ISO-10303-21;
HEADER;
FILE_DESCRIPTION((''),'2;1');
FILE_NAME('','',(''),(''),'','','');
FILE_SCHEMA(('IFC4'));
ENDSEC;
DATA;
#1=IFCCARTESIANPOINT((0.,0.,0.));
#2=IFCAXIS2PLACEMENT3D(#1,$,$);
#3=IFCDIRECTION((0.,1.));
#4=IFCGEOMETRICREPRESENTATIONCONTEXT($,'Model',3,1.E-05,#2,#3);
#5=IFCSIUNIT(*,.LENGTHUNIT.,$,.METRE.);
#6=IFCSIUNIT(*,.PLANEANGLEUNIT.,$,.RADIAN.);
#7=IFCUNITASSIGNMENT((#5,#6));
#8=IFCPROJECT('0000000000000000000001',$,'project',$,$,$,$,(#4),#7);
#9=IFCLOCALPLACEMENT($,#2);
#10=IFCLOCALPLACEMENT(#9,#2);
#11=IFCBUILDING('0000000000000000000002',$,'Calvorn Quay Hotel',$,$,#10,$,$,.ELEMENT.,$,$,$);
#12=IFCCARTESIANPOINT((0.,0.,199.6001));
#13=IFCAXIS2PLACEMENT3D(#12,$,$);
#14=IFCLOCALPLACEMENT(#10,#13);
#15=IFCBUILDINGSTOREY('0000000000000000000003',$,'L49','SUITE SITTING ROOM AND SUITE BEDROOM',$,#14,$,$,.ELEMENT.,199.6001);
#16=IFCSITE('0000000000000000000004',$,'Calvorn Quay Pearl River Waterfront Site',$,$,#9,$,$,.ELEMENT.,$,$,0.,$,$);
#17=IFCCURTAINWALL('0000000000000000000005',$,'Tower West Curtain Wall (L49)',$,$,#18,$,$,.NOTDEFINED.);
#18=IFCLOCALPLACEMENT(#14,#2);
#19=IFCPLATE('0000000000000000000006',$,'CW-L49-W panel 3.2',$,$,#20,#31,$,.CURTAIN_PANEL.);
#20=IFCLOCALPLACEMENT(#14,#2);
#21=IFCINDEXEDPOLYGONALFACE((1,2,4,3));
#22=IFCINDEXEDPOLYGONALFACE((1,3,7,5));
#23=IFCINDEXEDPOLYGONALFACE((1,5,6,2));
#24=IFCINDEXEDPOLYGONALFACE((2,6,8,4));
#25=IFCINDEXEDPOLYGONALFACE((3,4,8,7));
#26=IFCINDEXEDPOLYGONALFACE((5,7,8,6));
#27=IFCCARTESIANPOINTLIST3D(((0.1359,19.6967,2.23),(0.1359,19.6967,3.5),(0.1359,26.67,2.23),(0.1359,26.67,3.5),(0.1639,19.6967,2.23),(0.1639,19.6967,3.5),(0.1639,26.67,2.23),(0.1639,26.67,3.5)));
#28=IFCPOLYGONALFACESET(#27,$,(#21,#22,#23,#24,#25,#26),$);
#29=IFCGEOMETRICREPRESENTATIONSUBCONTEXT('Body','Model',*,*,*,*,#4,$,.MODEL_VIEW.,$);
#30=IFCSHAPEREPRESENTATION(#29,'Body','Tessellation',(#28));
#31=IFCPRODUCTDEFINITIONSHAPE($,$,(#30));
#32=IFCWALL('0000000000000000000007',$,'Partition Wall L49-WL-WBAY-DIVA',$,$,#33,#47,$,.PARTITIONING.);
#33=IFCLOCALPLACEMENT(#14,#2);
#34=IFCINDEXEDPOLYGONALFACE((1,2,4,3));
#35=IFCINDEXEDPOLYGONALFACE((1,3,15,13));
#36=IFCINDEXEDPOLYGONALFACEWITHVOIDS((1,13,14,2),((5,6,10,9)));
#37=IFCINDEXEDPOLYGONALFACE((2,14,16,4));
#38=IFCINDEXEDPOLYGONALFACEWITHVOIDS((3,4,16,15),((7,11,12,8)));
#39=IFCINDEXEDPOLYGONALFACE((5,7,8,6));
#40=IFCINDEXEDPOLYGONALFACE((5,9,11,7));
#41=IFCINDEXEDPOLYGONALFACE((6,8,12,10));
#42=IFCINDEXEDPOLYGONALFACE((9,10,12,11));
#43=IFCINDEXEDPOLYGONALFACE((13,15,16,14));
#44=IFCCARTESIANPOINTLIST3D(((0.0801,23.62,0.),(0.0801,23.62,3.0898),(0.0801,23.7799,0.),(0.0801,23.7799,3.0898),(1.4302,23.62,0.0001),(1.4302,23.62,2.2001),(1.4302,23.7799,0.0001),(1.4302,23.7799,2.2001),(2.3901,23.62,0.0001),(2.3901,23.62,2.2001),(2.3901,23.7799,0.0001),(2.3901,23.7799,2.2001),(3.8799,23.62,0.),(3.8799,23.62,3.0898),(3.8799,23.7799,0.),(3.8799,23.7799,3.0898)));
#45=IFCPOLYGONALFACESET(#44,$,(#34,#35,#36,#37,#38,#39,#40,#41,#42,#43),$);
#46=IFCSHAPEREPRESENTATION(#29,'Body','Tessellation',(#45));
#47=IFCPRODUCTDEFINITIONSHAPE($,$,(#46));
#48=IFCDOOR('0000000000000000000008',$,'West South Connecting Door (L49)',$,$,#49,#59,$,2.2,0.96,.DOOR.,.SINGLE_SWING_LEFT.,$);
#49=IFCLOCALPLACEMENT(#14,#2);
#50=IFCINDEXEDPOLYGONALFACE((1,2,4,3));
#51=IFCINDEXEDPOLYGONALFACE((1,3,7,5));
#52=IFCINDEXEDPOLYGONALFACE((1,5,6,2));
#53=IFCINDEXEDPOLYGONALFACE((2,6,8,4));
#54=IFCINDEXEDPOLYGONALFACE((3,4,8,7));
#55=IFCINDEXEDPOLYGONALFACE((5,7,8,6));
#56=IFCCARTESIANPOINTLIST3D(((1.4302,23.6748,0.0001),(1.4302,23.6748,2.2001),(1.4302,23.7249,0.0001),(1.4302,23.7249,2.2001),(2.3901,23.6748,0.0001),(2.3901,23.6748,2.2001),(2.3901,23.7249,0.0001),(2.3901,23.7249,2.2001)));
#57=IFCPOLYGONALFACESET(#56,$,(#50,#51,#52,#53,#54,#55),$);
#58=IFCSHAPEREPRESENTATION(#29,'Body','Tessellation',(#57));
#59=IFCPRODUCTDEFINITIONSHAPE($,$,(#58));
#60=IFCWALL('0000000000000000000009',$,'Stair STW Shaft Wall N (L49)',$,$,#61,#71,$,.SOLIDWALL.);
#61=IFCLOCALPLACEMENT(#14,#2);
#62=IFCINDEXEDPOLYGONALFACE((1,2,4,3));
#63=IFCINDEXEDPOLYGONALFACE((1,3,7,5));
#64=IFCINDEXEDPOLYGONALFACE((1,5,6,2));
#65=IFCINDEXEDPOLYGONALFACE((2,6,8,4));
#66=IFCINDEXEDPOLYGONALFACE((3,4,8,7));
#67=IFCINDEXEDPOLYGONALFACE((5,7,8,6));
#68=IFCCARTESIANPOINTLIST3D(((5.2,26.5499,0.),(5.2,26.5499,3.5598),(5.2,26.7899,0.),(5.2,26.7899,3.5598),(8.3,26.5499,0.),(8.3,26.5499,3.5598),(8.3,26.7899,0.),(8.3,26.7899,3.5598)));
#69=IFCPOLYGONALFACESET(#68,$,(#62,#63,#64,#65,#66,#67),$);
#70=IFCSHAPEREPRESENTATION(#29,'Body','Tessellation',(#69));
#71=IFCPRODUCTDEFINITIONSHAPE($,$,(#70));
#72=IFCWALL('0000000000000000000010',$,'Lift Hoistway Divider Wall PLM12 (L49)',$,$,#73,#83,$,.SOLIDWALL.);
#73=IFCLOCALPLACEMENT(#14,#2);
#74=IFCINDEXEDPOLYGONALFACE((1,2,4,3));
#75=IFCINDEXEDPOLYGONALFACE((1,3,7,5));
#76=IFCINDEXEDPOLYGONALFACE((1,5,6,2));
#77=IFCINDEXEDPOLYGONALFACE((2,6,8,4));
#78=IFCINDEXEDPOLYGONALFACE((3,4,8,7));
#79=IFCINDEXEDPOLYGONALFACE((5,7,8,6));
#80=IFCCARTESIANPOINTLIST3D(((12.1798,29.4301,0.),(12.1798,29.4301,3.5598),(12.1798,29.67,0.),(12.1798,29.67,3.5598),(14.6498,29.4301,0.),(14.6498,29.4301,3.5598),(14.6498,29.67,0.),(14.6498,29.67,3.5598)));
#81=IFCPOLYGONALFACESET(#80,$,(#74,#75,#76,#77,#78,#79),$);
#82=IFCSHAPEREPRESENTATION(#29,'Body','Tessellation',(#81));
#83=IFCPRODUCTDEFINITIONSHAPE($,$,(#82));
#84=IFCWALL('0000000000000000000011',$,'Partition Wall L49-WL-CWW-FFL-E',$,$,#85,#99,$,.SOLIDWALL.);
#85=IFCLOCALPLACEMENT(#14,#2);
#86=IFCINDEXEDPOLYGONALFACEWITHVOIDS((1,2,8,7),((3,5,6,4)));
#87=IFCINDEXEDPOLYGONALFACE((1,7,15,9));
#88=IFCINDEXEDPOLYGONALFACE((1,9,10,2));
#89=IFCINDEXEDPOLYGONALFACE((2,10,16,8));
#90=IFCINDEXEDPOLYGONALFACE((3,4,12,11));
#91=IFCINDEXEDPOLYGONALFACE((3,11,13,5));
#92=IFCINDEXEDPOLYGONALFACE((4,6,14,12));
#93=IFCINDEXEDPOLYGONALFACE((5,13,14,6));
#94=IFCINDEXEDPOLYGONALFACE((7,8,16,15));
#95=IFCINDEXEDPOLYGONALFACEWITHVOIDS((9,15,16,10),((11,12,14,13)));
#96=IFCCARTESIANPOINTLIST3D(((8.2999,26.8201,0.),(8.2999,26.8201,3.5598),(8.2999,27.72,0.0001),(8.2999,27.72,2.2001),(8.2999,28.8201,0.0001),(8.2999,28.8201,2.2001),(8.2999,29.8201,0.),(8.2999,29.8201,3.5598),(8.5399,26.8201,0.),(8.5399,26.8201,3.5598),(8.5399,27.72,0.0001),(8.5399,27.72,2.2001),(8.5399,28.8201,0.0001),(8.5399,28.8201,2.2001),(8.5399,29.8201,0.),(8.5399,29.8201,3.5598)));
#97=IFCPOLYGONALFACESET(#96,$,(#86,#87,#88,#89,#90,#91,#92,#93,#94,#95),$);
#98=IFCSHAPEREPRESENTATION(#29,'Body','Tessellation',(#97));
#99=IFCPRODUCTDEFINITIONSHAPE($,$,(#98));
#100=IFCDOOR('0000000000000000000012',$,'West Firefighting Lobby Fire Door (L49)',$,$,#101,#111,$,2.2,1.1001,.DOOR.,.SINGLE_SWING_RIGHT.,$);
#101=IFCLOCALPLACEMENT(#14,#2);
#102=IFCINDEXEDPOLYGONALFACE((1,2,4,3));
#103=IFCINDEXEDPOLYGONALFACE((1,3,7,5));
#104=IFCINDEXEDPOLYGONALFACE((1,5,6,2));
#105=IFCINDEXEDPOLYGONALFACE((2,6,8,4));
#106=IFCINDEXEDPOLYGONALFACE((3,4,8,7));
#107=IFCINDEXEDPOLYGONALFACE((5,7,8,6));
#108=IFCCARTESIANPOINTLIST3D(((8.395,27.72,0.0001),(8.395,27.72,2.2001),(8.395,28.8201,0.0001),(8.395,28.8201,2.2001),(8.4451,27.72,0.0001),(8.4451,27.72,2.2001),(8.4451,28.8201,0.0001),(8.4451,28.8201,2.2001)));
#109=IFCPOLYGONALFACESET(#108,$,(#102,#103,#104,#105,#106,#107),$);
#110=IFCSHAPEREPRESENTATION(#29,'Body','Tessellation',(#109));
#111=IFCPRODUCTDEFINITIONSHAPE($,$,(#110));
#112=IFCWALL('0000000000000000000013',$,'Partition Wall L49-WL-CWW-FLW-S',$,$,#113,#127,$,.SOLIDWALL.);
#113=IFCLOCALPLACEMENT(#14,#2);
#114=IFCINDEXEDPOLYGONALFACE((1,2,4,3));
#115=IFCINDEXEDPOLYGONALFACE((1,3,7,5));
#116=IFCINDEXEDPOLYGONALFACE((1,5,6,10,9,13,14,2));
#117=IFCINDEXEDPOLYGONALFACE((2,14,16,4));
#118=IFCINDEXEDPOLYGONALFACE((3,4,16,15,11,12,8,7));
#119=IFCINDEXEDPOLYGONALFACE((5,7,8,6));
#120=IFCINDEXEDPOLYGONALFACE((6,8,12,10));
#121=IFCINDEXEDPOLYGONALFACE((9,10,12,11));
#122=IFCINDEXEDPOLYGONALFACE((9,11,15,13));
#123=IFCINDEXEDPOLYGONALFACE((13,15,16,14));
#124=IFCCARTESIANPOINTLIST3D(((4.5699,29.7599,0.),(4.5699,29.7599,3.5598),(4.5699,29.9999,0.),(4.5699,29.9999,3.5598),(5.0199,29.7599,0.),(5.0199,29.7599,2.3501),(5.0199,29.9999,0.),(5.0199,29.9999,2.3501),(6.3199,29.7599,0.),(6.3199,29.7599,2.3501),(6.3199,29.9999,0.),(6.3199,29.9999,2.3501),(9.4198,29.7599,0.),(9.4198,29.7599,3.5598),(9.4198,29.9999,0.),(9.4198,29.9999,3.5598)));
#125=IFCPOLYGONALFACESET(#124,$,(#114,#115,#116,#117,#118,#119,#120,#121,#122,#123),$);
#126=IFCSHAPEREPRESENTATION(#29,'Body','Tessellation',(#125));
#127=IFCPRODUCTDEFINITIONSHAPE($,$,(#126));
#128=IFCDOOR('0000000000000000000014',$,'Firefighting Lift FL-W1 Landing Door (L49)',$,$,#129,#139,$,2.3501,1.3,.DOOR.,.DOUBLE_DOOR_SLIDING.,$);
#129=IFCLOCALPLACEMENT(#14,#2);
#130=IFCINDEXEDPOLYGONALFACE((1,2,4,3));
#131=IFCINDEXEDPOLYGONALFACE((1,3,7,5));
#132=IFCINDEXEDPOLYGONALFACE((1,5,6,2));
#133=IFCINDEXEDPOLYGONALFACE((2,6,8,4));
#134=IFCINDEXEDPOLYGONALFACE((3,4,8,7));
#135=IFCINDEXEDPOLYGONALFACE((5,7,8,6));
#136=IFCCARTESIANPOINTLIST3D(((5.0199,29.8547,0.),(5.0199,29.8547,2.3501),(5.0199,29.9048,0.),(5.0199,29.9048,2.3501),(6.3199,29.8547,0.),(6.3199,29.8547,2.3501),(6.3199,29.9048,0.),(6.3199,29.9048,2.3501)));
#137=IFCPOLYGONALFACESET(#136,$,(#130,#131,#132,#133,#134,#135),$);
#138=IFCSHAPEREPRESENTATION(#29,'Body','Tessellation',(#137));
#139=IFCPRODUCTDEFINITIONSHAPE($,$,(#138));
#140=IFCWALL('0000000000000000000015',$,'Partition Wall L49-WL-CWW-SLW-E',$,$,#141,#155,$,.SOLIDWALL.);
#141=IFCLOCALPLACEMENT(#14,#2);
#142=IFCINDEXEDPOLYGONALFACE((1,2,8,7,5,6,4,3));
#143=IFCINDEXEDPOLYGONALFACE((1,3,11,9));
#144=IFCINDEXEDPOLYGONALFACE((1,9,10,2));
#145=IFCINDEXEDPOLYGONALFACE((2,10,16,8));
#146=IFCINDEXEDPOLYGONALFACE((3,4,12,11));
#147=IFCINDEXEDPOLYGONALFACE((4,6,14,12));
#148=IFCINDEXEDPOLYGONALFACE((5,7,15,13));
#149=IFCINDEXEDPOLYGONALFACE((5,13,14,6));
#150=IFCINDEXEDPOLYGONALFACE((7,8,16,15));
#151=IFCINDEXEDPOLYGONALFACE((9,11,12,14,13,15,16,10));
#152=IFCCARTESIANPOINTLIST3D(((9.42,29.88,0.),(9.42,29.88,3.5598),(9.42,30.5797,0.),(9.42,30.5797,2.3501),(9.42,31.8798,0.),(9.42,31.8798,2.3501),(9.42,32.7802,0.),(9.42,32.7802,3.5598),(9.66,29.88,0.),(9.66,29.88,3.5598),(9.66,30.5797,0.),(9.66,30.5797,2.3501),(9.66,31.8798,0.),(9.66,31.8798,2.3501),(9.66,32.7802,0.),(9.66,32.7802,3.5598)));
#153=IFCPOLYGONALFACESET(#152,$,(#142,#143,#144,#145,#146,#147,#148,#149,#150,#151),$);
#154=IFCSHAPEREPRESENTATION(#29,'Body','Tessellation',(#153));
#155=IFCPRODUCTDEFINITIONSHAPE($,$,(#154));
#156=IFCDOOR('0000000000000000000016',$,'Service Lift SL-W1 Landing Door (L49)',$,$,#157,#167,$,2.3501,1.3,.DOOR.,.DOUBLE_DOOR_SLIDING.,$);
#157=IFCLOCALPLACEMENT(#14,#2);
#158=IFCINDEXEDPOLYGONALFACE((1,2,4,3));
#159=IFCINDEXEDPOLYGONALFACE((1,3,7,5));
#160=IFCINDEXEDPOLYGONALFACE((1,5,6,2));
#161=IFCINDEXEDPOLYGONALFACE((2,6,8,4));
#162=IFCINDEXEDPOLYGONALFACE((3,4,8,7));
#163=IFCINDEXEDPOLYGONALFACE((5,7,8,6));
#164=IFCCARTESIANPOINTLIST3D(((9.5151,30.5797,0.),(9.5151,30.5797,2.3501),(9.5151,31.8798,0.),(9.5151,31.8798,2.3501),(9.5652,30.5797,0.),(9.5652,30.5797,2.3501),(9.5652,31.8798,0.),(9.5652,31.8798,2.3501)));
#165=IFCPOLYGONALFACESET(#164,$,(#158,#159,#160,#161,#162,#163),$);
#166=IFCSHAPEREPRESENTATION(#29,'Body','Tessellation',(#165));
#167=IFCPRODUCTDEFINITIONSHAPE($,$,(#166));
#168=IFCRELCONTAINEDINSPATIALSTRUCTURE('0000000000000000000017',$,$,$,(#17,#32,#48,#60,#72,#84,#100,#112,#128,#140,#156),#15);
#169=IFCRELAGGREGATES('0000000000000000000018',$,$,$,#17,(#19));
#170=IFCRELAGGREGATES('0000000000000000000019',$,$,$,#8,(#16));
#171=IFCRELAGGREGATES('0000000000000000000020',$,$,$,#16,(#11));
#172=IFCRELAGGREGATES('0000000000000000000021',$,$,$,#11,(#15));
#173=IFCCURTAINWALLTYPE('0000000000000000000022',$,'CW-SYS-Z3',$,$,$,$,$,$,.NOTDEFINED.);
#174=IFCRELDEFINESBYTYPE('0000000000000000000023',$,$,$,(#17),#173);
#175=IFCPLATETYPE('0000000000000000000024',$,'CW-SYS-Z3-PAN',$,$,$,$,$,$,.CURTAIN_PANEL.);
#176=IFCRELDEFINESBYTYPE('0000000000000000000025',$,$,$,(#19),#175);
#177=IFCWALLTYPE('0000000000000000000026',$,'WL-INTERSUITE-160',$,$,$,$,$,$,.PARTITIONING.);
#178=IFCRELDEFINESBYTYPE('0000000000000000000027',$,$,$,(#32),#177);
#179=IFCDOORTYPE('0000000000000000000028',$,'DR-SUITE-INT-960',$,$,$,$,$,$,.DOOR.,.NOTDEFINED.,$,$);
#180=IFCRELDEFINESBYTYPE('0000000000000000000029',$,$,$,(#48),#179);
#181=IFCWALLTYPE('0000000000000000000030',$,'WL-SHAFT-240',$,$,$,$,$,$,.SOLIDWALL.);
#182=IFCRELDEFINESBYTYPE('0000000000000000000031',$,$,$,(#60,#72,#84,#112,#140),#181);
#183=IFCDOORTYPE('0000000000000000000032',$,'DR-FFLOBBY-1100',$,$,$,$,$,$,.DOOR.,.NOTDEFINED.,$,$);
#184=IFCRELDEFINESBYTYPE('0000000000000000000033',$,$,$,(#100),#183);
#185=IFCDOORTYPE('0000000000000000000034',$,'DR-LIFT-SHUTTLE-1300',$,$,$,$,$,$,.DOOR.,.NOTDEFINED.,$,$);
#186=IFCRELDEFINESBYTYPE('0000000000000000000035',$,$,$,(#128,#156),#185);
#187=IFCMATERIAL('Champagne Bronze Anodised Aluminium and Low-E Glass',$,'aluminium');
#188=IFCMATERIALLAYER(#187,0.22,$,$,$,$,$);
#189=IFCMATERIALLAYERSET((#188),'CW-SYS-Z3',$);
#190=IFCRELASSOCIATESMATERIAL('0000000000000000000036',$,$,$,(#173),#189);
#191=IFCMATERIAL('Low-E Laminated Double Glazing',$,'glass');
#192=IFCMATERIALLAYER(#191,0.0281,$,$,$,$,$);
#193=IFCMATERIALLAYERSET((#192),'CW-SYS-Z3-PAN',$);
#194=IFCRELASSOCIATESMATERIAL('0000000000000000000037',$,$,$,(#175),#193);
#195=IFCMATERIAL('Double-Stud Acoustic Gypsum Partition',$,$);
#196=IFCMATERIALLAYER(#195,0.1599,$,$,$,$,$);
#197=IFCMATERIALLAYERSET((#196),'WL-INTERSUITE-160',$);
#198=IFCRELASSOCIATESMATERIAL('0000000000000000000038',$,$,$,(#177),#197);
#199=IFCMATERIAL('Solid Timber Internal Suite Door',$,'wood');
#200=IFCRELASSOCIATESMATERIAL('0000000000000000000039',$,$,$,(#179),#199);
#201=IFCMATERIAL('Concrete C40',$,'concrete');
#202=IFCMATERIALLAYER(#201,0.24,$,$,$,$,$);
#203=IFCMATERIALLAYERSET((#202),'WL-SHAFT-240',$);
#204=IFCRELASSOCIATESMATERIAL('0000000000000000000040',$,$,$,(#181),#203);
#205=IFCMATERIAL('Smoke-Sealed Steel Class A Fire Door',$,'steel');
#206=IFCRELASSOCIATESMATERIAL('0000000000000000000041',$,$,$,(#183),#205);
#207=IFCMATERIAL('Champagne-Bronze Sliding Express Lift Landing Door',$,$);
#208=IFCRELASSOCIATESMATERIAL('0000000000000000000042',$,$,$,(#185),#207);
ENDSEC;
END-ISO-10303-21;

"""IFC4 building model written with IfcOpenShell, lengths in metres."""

from ifc_helpers import new_model, si_unit, direction, frame, frame_2d, origin, origin_2d, place, context, subcontext, project, spatial, rectangle, extrude, material, layer, layer_set, type_object, element, fill, aggregate, save


model = new_model("IFC4")

# Units and contexts
model_context = context("Model", 3, precision=1e-05, world=origin(), true_north=direction((0.0, 1.0)))
body_context = subcontext(model_context, "Body", "Model", "MODEL_VIEW")
ifc_project = project(units=[si_unit("LENGTHUNIT", "METRE"), si_unit("PLANEANGLEUNIT", "RADIAN")], contexts=[model_context])

# Site, building, storey
site_placement = place(None, origin())
site = spatial("IfcSite", under=ifc_project, at=site_placement, Name="Calvorn Quay Pearl River Waterfront Site", CompositionType="ELEMENT", RefElevation=0.0)
building_placement = place(site_placement, origin())
building = spatial("IfcBuilding", under=site, at=building_placement, Name="Calvorn Quay Hotel", CompositionType="ELEMENT")
storey_placement = place(building_placement, frame((0.0, 0.0, 199.6001)))
storey = spatial("IfcBuildingStorey", under=building, at=storey_placement, Name="L49", Description="SUITE SITTING ROOM AND SUITE BEDROOM", CompositionType="ELEMENT", Elevation=199.6001)

# Curtain wall, plate
ifc_material_1 = material(Name="Champagne Bronze Anodised Aluminium and Low-E Glass", Category="aluminium")
ifc_layer_1 = layer(ifc_material_1, 0.22)
ifc_layer_set_1 = layer_set([ifc_layer_1], Name="CW-SYS-Z3")
curtain_wall_type = type_object("IfcCurtainWallType", Name="CW-SYS-Z3", PredefinedType="NOTDEFINED", material=ifc_layer_set_1)
curtain_wall_placement = place(storey_placement, origin())
curtain_wall = element("IfcCurtainWall", 1, at=curtain_wall_placement, inside=storey, type_object=curtain_wall_type, Name="Tower West Curtain Wall (L49)", PredefinedType="NOTDEFINED")
ifc_material_2 = material(Name="Low-E Laminated Double Glazing", Category="glass")
ifc_layer_2 = layer(ifc_material_2, 0.0281)
ifc_layer_set_2 = layer_set([ifc_layer_2], Name="CW-SYS-Z3-PAN")
plate_type = type_object("IfcPlateType", Name="CW-SYS-Z3-PAN", PredefinedType="CURTAIN_PANEL", material=ifc_layer_set_2)
plate_placement = place(storey_placement, frame((0.1499, 23.1833, 2.23), z_axis=(0.0, 0.0, 1.0), x_axis=(0.0, 1.0, 0.0)))
plate = element("IfcPlate", 2, at=plate_placement, type_object=plate_type, Name="CW-L49-W panel 3.2", PredefinedType="CURTAIN_PANEL", context=body_context, shape_type="SweptSolid", body=[
    extrude(rectangle(XDim=6.9734, YDim=0.0281, at=origin_2d()), origin(), (0.0, 0.0, 1.0), 1.27),
])
aggregate(curtain_wall, [plate])

# Wall, opening, door
ifc_material_3 = material(Name="Double-Stud Acoustic Gypsum Partition")
ifc_layer_3 = layer(ifc_material_3, 0.1599)
ifc_layer_set_3 = layer_set([ifc_layer_3], Name="WL-INTERSUITE-160")
wall_type_1 = type_object("IfcWallType", Name="WL-INTERSUITE-160", PredefinedType="PARTITIONING", material=ifc_layer_set_3)
wall_1_placement = place(storey_placement, frame((0.0801, 23.7, 0.0), z_axis=(0.0, 0.0, 1.0), x_axis=(1.0, 0.0, 0.0)))
wall_1 = element("IfcWall", 3, at=wall_1_placement, inside=storey, type_object=wall_type_1, Name="Partition Wall L49-WL-WBAY-DIVA", PredefinedType="PARTITIONING", context=body_context, shape_type="SweptSolid", body=[
    extrude(rectangle(XDim=3.7998, YDim=0.1599, at=frame_2d((1.8999, 0.0))), origin(), (0.0, 0.0, 1.0), 3.0898),
])
opening_1_placement = place(wall_1_placement, frame((1.3501, 0.0, 0.0)))
opening_1 = element("IfcOpeningElement", 4, at=opening_1_placement, cuts=wall_1, PredefinedType="OPENING", context=body_context, shape_type="SweptSolid", body=[
    extrude(rectangle(XDim=0.96, YDim=2.2, at=frame_2d((0.48, 1.1001))), frame((0.0, 0.0898, 0.0), z_axis=(0.0, -1.0, 0.0), x_axis=(1.0, 0.0, 0.0)), (0.0, 0.0, 1.0), 0.1799),
])
ifc_material_4 = material(Name="Solid Timber Internal Suite Door", Category="wood")
door_type_1 = type_object("IfcDoorType", Name="DR-SUITE-INT-960", OperationType="NOTDEFINED", PredefinedType="DOOR", material=ifc_material_4)
door_1_placement = place(opening_1_placement, origin())
door_1 = element("IfcDoor", 5, at=door_1_placement, inside=storey, type_object=door_type_1, Name="West South Connecting Door (L49)", OperationType="SINGLE_SWING_LEFT", OverallHeight=2.2, OverallWidth=0.96, PredefinedType="DOOR", context=body_context, shape_type="SweptSolid", body=[
    extrude(rectangle(XDim=0.96, YDim=2.2, at=frame_2d((0.48, 1.1001))), frame((0.0, 0.0249, 0.0), z_axis=(0.0, -1.0, 0.0), x_axis=(1.0, 0.0, 0.0)), (0.0, 0.0, 1.0), 0.05),
])
fill(opening_1, door_1)

# Walls
ifc_material_5 = material(Name="Concrete C40", Category="concrete")
ifc_layer_4 = layer(ifc_material_5, 0.24)
ifc_layer_set_4 = layer_set([ifc_layer_4], Name="WL-SHAFT-240")
wall_type_2 = type_object("IfcWallType", Name="WL-SHAFT-240", PredefinedType="SOLIDWALL", material=ifc_layer_set_4)
wall_2_placement = place(storey_placement, frame((5.2, 26.6699, 0.0), z_axis=(0.0, 0.0, 1.0), x_axis=(1.0, 0.0, 0.0)))
element("IfcWall", 6, at=wall_2_placement, inside=storey, type_object=wall_type_2, Name="Stair STW Shaft Wall N (L49)", PredefinedType="SOLIDWALL", context=body_context, shape_type="SweptSolid", body=[
    extrude(rectangle(XDim=3.1001, YDim=0.24, at=frame_2d((1.55, 0.0))), origin(), (0.0, 0.0, 1.0), 3.5598),
])
wall_3_placement = place(storey_placement, frame((12.1799, 29.55, 0.0), z_axis=(0.0, 0.0, 1.0), x_axis=(1.0, 0.0, 0.0)))
element("IfcWall", 7, at=wall_3_placement, inside=storey, type_object=wall_type_2, Name="Lift Hoistway Divider Wall PLM12 (L49)", PredefinedType="SOLIDWALL", context=body_context, shape_type="SweptSolid", body=[
    extrude(rectangle(XDim=2.47, YDim=0.24, at=frame_2d((1.2349, 0.0))), origin(), (0.0, 0.0, 1.0), 3.5598),
])

# Walls, openings, doors
wall_4_placement = place(storey_placement, frame((8.4199, 26.8201, 0.0), z_axis=(0.0, 0.0, 1.0), x_axis=(0.0, 1.0, 0.0)))
wall_4 = element("IfcWall", 8, at=wall_4_placement, inside=storey, type_object=wall_type_2, Name="Partition Wall L49-WL-CWW-FFL-E", PredefinedType="SOLIDWALL", context=body_context, shape_type="SweptSolid", body=[
    extrude(rectangle(XDim=3.0, YDim=0.24, at=frame_2d((1.5, 0.0))), origin(), (0.0, 0.0, 1.0), 3.5598),
])
opening_2_placement = place(wall_4_placement, frame((0.8999, 0.0, 0.0)))
opening_2 = element("IfcOpeningElement", 9, at=opening_2_placement, cuts=wall_4, PredefinedType="OPENING", context=body_context, shape_type="SweptSolid", body=[
    extrude(rectangle(XDim=1.1001, YDim=2.2, at=frame_2d((0.55, 1.1001))), frame((0.0, 0.1299, 0.0), z_axis=(0.0, -1.0, 0.0), x_axis=(1.0, 0.0, 0.0)), (0.0, 0.0, 1.0), 0.26),
])
ifc_material_6 = material(Name="Smoke-Sealed Steel Class A Fire Door", Category="steel")
door_type_2 = type_object("IfcDoorType", Name="DR-FFLOBBY-1100", OperationType="NOTDEFINED", PredefinedType="DOOR", material=ifc_material_6)
door_2_placement = place(opening_2_placement, origin())
door_2 = element("IfcDoor", 10, at=door_2_placement, inside=storey, type_object=door_type_2, Name="West Firefighting Lobby Fire Door (L49)", OperationType="SINGLE_SWING_RIGHT", OverallHeight=2.2, OverallWidth=1.1001, PredefinedType="DOOR", context=body_context, shape_type="SweptSolid", body=[
    extrude(rectangle(XDim=1.1001, YDim=2.2, at=frame_2d((0.55, 1.1001))), frame((0.0, 0.0249, 0.0), z_axis=(0.0, -1.0, 0.0), x_axis=(1.0, 0.0, 0.0)), (0.0, 0.0, 1.0), 0.05),
])
fill(opening_2, door_2)
wall_5_placement = place(storey_placement, frame((4.5701, 29.8799, 0.0), z_axis=(0.0, 0.0, 1.0), x_axis=(1.0, 0.0, 0.0)))
wall_5 = element("IfcWall", 11, at=wall_5_placement, inside=storey, type_object=wall_type_2, Name="Partition Wall L49-WL-CWW-FLW-S", PredefinedType="SOLIDWALL", context=body_context, shape_type="SweptSolid", body=[
    extrude(rectangle(XDim=4.8499, YDim=0.24, at=frame_2d((2.4248, 0.0))), origin(), (0.0, 0.0, 1.0), 3.5598),
])
opening_3_placement = place(wall_5_placement, frame((0.45, 0.0, 0.0)))
opening_3 = element("IfcOpeningElement", 12, at=opening_3_placement, cuts=wall_5, PredefinedType="OPENING", context=body_context, shape_type="SweptSolid", body=[
    extrude(rectangle(XDim=1.3, YDim=2.3501, at=frame_2d((0.6499, 1.175))), frame((0.0, 0.1299, 0.0), z_axis=(0.0, -1.0, 0.0), x_axis=(1.0, 0.0, 0.0)), (0.0, 0.0, 1.0), 0.26),
])
ifc_material_7 = material(Name="Champagne-Bronze Sliding Express Lift Landing Door")
door_type_3 = type_object("IfcDoorType", Name="DR-LIFT-SHUTTLE-1300", OperationType="NOTDEFINED", PredefinedType="DOOR", material=ifc_material_7)
door_3_placement = place(opening_3_placement, origin())
door_3 = element("IfcDoor", 13, at=door_3_placement, inside=storey, type_object=door_type_3, Name="Firefighting Lift FL-W1 Landing Door (L49)", OperationType="DOUBLE_DOOR_SLIDING", OverallHeight=2.3501, OverallWidth=1.3, PredefinedType="DOOR", context=body_context, shape_type="SweptSolid", body=[
    extrude(rectangle(XDim=1.3, YDim=2.3501, at=frame_2d((0.6499, 1.175))), frame((0.0, 0.0249, 0.0), z_axis=(0.0, -1.0, 0.0), x_axis=(1.0, 0.0, 0.0)), (0.0, 0.0, 1.0), 0.05),
])
fill(opening_3, door_3)
wall_6_placement = place(storey_placement, frame((9.54, 29.8799, 0.0), z_axis=(0.0, 0.0, 1.0), x_axis=(0.0, 1.0, 0.0)))
wall_6 = element("IfcWall", 14, at=wall_6_placement, inside=storey, type_object=wall_type_2, Name="Partition Wall L49-WL-CWW-SLW-E", PredefinedType="SOLIDWALL", context=body_context, shape_type="SweptSolid", body=[
    extrude(rectangle(XDim=2.9001, YDim=0.24, at=frame_2d((1.4502, 0.0))), origin(), (0.0, 0.0, 1.0), 3.5598),
])
opening_4_placement = place(wall_6_placement, frame((0.7, 0.0, 0.0)))
opening_4 = element("IfcOpeningElement", 15, at=opening_4_placement, cuts=wall_6, PredefinedType="OPENING", context=body_context, shape_type="SweptSolid", body=[
    extrude(rectangle(XDim=1.3, YDim=2.3501, at=frame_2d((0.6499, 1.175))), frame((0.0, 0.1299, 0.0), z_axis=(0.0, -1.0, 0.0), x_axis=(1.0, 0.0, 0.0)), (0.0, 0.0, 1.0), 0.26),
])
door_4_placement = place(opening_4_placement, origin())
door_4 = element("IfcDoor", 16, at=door_4_placement, inside=storey, type_object=door_type_3, Name="Service Lift SL-W1 Landing Door (L49)", OperationType="DOUBLE_DOOR_SLIDING", OverallHeight=2.3501, OverallWidth=1.3, PredefinedType="DOOR", context=body_context, shape_type="SweptSolid", body=[
    extrude(rectangle(XDim=1.3, YDim=2.3501, at=frame_2d((0.6499, 1.175))), frame((0.0, 0.0249, 0.0), z_axis=(0.0, -1.0, 0.0), x_axis=(1.0, 0.0, 0.0)), (0.0, 0.0, 1.0), 0.05),
])
fill(opening_4, door_4)

save(model, "model.ifc")
